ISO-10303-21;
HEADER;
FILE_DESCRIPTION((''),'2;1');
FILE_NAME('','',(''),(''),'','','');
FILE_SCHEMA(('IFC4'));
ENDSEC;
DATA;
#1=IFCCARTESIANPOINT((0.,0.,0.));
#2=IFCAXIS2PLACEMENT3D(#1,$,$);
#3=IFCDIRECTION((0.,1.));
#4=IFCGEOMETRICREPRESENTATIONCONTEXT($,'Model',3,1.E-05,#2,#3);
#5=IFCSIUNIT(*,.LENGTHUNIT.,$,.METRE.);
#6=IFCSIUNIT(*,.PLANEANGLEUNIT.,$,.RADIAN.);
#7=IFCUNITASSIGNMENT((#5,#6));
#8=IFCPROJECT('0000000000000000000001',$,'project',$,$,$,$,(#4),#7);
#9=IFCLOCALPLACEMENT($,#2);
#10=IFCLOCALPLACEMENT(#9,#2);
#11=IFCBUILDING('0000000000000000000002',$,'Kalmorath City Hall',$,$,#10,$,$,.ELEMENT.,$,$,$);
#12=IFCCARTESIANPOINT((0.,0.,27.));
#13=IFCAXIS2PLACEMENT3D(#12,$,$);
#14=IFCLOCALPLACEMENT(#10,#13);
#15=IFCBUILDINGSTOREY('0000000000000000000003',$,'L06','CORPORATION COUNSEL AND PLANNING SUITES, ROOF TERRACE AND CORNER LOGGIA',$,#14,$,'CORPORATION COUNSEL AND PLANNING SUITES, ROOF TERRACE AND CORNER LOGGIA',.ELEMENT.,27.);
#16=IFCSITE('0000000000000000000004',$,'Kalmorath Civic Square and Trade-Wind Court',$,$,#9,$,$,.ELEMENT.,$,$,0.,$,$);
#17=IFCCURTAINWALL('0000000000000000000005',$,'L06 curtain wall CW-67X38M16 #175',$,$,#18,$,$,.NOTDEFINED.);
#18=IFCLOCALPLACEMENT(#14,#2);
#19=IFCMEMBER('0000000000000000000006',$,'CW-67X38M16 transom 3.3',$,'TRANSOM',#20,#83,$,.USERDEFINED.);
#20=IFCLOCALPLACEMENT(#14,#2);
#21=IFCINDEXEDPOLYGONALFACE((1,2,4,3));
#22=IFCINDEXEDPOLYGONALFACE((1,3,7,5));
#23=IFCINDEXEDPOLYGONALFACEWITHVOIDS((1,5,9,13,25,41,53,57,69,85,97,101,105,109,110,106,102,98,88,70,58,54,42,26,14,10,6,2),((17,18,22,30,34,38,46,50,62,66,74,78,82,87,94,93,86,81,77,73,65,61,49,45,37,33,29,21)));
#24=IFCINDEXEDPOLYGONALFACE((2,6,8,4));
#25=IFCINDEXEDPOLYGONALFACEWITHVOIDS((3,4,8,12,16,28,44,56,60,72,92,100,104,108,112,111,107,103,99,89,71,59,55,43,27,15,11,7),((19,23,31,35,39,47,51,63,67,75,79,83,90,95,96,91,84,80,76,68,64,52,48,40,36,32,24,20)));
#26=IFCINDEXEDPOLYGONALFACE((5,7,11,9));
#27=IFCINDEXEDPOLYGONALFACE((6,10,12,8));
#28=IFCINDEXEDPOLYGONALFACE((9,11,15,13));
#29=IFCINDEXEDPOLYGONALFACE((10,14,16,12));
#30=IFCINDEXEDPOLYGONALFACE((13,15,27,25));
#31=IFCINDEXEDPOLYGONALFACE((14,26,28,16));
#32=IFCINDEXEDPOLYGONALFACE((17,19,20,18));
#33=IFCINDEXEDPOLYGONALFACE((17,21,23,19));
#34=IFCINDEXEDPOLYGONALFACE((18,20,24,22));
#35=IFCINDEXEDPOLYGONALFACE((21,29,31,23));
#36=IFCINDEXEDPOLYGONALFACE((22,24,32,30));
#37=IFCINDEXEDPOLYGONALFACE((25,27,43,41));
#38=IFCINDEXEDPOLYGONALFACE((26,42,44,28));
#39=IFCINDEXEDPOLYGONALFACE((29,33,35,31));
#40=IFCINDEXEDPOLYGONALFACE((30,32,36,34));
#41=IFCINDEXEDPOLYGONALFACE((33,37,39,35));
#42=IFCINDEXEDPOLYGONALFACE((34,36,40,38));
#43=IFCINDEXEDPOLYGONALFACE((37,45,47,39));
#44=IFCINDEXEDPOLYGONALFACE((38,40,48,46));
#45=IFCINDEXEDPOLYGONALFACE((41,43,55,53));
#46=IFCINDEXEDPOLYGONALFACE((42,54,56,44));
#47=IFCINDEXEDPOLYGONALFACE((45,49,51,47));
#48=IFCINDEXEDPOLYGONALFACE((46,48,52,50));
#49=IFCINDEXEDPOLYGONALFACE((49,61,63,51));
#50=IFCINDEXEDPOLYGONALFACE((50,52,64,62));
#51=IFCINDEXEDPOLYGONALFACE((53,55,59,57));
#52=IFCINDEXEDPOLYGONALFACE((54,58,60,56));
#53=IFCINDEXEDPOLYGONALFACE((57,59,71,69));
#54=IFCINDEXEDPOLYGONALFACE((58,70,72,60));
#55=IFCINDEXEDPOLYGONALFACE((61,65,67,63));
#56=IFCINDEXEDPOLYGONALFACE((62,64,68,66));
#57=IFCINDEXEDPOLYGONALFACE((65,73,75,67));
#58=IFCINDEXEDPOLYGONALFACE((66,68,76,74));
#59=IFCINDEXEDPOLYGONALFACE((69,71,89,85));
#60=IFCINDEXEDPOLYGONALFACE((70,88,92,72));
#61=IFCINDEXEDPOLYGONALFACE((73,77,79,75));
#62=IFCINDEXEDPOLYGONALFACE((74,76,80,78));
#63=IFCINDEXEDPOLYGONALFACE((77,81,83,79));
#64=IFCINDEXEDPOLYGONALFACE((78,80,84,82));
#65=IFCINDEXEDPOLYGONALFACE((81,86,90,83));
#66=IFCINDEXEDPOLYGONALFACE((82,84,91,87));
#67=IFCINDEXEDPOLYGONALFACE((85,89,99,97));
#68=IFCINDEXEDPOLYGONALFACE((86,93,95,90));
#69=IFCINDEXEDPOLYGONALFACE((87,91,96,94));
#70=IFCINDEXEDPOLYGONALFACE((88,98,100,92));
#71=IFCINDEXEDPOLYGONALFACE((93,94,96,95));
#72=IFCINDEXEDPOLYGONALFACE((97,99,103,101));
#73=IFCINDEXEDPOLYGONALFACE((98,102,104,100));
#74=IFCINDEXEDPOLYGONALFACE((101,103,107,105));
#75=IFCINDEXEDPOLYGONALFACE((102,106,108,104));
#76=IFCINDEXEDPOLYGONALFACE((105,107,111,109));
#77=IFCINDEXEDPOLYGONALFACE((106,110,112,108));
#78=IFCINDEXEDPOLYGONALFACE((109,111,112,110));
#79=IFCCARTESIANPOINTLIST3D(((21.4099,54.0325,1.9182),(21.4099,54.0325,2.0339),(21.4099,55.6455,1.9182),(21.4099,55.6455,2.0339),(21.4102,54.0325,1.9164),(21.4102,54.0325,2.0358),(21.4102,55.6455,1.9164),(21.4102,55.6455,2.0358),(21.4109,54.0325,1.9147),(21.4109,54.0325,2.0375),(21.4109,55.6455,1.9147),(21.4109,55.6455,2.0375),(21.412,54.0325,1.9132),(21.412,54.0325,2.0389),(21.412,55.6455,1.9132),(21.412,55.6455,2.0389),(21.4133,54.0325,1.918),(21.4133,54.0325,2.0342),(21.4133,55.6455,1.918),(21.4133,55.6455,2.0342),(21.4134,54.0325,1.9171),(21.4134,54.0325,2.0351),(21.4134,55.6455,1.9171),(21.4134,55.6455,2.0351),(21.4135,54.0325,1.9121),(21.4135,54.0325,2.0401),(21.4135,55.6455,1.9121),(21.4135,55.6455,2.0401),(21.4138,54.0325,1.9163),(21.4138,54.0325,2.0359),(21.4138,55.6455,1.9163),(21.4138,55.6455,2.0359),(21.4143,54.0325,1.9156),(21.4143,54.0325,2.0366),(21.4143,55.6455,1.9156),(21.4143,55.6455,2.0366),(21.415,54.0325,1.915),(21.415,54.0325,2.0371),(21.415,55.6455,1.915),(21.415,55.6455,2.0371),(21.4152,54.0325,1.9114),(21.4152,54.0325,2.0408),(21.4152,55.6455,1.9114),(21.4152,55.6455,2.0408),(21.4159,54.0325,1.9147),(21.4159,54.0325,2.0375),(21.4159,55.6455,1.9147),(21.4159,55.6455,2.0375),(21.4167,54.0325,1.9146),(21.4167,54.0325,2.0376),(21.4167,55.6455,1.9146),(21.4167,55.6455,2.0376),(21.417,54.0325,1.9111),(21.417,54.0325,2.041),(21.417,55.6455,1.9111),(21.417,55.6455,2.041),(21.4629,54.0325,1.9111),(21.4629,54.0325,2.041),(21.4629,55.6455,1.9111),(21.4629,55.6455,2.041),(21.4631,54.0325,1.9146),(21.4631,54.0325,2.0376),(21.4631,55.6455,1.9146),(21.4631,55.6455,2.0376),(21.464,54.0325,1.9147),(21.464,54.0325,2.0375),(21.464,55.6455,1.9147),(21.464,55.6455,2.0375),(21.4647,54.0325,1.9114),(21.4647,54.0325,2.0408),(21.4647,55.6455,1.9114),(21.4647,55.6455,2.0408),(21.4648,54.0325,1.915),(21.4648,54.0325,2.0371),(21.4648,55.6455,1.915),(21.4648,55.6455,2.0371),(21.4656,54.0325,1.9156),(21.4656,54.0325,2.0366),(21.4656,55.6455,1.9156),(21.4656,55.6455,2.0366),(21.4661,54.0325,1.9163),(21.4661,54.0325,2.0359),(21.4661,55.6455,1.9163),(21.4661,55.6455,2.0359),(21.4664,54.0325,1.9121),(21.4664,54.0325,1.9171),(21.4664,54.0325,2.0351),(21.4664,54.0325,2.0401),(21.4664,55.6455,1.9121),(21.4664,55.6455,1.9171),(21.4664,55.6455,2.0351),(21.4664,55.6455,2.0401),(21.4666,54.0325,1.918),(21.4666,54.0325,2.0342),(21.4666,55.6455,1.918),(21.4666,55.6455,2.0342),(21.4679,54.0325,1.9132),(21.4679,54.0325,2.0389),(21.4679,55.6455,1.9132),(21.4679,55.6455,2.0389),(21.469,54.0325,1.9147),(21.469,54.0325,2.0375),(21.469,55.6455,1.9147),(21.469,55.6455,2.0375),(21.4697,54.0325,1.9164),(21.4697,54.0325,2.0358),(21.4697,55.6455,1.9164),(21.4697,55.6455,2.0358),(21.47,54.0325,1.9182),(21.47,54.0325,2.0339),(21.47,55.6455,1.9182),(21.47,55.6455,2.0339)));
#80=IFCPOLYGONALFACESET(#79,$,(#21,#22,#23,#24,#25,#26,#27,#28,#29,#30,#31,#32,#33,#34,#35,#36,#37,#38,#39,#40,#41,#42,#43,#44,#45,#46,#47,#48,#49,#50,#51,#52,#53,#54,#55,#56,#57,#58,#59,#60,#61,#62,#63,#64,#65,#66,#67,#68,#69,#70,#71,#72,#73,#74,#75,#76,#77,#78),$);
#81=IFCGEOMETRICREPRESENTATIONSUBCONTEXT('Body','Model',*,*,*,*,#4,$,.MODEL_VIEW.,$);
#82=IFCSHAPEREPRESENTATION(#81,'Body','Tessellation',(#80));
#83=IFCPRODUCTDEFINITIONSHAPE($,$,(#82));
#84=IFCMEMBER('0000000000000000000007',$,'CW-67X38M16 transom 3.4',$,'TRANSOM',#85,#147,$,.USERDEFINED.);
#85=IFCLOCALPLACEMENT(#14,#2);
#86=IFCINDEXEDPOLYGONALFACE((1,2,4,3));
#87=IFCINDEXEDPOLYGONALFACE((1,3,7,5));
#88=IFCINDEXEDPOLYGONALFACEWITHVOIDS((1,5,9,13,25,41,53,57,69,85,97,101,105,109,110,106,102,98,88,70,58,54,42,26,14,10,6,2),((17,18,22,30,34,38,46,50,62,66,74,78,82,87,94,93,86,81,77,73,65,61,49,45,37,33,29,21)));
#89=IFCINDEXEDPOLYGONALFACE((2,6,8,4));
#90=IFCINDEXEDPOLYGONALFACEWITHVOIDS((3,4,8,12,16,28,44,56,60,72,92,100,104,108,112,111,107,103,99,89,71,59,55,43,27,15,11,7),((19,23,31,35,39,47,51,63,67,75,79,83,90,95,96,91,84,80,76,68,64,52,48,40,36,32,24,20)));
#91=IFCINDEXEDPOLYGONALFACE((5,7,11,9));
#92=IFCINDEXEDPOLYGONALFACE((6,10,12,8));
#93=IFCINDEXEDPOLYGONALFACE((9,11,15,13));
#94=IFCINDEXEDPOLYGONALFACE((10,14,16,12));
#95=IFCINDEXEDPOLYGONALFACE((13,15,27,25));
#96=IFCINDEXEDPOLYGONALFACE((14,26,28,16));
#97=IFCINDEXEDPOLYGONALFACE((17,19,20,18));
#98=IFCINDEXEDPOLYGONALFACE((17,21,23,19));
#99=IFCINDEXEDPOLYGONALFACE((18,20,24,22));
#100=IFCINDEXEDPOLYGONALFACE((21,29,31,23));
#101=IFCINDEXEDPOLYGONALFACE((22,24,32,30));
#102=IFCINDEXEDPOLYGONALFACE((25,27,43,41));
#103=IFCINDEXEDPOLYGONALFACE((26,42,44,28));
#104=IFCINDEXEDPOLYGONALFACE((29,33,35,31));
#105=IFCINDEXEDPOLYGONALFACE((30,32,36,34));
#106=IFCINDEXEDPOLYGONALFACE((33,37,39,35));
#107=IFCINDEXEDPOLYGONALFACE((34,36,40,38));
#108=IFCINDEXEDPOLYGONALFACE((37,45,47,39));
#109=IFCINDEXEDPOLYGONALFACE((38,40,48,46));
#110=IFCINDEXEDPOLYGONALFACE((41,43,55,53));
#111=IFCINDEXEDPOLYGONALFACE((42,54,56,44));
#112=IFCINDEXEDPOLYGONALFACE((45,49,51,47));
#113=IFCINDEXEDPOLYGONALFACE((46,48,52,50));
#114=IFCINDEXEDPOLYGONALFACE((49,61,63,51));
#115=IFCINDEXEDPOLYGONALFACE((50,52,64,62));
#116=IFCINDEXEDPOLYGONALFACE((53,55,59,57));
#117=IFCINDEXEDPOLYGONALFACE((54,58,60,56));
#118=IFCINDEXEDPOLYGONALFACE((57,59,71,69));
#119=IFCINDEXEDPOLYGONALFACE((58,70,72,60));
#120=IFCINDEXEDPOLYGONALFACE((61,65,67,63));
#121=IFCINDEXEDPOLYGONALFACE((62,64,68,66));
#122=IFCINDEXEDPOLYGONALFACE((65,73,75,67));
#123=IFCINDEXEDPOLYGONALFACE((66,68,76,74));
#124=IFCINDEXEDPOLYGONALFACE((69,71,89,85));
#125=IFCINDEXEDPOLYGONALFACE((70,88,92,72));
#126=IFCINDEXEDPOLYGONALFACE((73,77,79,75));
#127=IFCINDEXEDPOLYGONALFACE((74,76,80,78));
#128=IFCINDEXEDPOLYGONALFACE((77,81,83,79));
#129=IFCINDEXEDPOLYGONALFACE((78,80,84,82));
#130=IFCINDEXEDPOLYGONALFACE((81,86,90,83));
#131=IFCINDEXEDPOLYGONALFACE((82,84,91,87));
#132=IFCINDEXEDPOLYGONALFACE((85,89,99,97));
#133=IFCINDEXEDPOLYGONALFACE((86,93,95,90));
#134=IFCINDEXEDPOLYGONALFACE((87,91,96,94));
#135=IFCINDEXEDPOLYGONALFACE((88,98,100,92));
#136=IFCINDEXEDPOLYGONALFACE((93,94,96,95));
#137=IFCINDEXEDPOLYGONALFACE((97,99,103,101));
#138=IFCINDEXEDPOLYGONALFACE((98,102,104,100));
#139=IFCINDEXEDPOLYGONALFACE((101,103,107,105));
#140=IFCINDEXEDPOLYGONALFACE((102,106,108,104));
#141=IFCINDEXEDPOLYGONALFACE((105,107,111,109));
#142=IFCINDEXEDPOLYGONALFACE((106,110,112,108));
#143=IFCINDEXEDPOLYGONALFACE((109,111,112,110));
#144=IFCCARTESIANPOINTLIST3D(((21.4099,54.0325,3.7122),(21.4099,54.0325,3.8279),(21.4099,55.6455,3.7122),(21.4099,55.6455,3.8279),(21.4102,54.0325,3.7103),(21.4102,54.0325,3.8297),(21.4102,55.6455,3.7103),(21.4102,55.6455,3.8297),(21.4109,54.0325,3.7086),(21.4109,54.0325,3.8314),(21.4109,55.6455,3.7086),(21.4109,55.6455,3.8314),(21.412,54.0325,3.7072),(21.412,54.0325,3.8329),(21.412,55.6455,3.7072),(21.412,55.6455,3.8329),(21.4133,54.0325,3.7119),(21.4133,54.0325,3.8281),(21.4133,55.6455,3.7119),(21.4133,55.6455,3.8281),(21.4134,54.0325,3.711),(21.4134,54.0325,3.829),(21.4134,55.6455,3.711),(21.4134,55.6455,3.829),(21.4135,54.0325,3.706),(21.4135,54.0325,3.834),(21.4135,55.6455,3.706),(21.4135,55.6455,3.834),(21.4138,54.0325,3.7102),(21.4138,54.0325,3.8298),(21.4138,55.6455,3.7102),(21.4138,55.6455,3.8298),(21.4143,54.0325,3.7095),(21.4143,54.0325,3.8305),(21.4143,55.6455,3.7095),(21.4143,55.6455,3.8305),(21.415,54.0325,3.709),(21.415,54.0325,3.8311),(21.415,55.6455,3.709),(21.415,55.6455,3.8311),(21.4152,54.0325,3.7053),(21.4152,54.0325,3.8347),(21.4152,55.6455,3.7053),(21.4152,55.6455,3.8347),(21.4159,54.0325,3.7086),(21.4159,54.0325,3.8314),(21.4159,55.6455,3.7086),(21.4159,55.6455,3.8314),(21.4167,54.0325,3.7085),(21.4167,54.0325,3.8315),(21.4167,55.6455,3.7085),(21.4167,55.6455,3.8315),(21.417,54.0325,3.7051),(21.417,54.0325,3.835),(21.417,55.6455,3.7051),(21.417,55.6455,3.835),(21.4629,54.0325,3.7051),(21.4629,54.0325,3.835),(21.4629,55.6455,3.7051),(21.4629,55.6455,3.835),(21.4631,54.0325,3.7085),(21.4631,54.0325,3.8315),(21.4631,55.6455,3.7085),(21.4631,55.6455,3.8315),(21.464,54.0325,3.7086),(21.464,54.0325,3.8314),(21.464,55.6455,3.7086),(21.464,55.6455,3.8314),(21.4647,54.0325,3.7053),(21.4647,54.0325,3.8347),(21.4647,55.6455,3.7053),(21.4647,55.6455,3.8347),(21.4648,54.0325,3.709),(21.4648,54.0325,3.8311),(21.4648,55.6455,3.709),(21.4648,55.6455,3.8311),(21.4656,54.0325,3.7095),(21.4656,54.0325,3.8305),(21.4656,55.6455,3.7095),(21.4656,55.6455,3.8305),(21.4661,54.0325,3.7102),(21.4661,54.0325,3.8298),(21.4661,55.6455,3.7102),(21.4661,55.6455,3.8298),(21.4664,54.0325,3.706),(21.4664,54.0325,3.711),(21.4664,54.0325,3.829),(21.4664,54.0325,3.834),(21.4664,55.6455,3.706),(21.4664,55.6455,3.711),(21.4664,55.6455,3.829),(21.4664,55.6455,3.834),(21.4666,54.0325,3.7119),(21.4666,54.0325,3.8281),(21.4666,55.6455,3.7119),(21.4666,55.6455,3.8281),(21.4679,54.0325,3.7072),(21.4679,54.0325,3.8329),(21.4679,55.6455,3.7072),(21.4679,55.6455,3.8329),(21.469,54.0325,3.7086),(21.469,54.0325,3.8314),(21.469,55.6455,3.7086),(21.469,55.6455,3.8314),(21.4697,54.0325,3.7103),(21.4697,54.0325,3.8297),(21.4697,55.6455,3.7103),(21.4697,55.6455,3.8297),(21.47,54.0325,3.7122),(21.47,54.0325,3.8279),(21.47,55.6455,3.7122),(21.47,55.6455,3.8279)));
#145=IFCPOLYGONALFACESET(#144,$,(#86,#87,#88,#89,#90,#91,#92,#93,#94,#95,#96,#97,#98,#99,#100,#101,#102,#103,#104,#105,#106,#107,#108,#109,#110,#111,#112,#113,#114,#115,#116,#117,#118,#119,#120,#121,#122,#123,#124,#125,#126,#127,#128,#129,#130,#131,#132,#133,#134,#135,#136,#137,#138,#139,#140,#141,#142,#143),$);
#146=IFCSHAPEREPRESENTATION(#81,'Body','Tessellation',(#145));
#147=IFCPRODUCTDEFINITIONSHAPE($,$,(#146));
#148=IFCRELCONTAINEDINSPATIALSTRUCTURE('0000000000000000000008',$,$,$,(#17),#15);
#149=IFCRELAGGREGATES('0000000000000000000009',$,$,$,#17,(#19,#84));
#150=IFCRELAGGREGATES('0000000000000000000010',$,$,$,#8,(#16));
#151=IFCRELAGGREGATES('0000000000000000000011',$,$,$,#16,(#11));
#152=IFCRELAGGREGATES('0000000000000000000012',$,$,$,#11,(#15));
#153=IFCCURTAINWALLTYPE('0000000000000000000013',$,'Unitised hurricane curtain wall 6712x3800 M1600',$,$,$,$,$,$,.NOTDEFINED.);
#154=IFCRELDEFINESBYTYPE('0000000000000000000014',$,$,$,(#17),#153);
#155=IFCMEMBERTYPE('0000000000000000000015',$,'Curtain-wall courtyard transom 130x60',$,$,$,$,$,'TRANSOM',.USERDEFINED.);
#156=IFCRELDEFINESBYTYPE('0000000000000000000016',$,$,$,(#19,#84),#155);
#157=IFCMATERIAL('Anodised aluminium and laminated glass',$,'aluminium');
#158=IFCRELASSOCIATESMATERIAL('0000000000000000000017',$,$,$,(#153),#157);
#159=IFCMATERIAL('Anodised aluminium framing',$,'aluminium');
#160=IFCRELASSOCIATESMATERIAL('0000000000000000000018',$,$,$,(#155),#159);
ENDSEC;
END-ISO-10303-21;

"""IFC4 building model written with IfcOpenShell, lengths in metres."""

from ifc_helpers import new_model, si_unit, direction, frame, origin, origin_2d, place, context, subcontext, project, spatial, hollow_rectangle, extrude, material, material_profile, profile_set, type_object, element, aggregate, save


model = new_model("IFC4")

# Units and contexts
model_context = context("Model", 3, precision=1e-05, world=origin(), true_north=direction((0.0, 1.0)))
body_context = subcontext(model_context, "Body", "Model", "MODEL_VIEW")
ifc_project = project(units=[si_unit("LENGTHUNIT", "METRE"), si_unit("PLANEANGLEUNIT", "RADIAN")], contexts=[model_context])

# Site, building, storey
site_placement = place(None, origin())
site = spatial("IfcSite", under=ifc_project, at=site_placement, Name="Kalmorath Civic Square and Trade-Wind Court", CompositionType="ELEMENT", RefElevation=0.0)
building_placement = place(site_placement, origin())
building = spatial("IfcBuilding", under=site, at=building_placement, Name="Kalmorath City Hall", CompositionType="ELEMENT")
storey_placement = place(building_placement, frame((0.0, 0.0, 27.0)))
storey = spatial("IfcBuildingStorey", under=building, at=storey_placement, Name="L06", Description="CORPORATION COUNSEL AND PLANNING SUITES, ROOF TERRACE AND CORNER LOGGIA", LongName="CORPORATION COUNSEL AND PLANNING SUITES, ROOF TERRACE AND CORNER LOGGIA", CompositionType="ELEMENT", Elevation=27.0)

# Curtain wall, members
ifc_material_1 = material(Name="Anodised aluminium and laminated glass", Category="aluminium")
curtain_wall_type = type_object("IfcCurtainWallType", Name="Unitised hurricane curtain wall 6712x3800 M1600", PredefinedType="NOTDEFINED", material=ifc_material_1)
curtain_wall_placement = place(storey_placement, origin())
curtain_wall = element("IfcCurtainWall", 1, at=curtain_wall_placement, inside=storey, type_object=curtain_wall_type, Name="L06 curtain wall CW-67X38M16 #175", PredefinedType="NOTDEFINED")
ifc_material_2 = material(Name="Anodised aluminium framing", Category="aluminium")
ifc_material_profile_1 = material_profile(ifc_material_2, hollow_rectangle(XDim=0.0601, YDim=0.1299, WallThickness=0.0034, InnerFilletRadius=0.0034, OuterFilletRadius=0.0071, at=origin_2d()), Name="ALU-TRN-130X60X3.5")
ifc_profile_set_1 = profile_set([ifc_material_profile_1], Name="Anodised aluminium framing")
member_type_1 = type_object("IfcMemberType", Name="Curtain-wall courtyard transom 130x60", ElementType="TRANSOM", PredefinedType="USERDEFINED", material=ifc_profile_set_1)
member_1_placement = place(storey_placement, frame((21.4399, 54.0325, 1.9761), z_axis=(0.0, 1.0, 0.0), x_axis=(-1.0, 0.0, 0.0)))
member_1 = element("IfcMember", 2, at=member_1_placement, type_object=member_type_1, Name="CW-67X38M16 transom 3.3", ObjectType="TRANSOM", PredefinedType="USERDEFINED", context=body_context, shape_type="SweptSolid", body=[
    extrude(hollow_rectangle(XDim=0.0601, YDim=0.1299, WallThickness=0.0034, InnerFilletRadius=0.0034, OuterFilletRadius=0.0071, at=origin_2d()), origin(), (0.0, 0.0, 1.0), 1.613),
])
member_2_placement = place(storey_placement, frame((21.4399, 54.0325, 3.77), z_axis=(0.0, 1.0, 0.0), x_axis=(-1.0, 0.0, 0.0)))
member_2 = element("IfcMember", 3, at=member_2_placement, type_object=member_type_1, Name="CW-67X38M16 transom 3.4", ObjectType="TRANSOM", PredefinedType="USERDEFINED", context=body_context, shape_type="SweptSolid", body=[
    extrude(hollow_rectangle(XDim=0.0601, YDim=0.1299, WallThickness=0.0034, InnerFilletRadius=0.0034, OuterFilletRadius=0.0071, at=origin_2d()), origin(), (0.0, 0.0, 1.0), 1.613),
])

aggregate(curtain_wall, [member_1, member_2])

save(model, "model.ifc")
